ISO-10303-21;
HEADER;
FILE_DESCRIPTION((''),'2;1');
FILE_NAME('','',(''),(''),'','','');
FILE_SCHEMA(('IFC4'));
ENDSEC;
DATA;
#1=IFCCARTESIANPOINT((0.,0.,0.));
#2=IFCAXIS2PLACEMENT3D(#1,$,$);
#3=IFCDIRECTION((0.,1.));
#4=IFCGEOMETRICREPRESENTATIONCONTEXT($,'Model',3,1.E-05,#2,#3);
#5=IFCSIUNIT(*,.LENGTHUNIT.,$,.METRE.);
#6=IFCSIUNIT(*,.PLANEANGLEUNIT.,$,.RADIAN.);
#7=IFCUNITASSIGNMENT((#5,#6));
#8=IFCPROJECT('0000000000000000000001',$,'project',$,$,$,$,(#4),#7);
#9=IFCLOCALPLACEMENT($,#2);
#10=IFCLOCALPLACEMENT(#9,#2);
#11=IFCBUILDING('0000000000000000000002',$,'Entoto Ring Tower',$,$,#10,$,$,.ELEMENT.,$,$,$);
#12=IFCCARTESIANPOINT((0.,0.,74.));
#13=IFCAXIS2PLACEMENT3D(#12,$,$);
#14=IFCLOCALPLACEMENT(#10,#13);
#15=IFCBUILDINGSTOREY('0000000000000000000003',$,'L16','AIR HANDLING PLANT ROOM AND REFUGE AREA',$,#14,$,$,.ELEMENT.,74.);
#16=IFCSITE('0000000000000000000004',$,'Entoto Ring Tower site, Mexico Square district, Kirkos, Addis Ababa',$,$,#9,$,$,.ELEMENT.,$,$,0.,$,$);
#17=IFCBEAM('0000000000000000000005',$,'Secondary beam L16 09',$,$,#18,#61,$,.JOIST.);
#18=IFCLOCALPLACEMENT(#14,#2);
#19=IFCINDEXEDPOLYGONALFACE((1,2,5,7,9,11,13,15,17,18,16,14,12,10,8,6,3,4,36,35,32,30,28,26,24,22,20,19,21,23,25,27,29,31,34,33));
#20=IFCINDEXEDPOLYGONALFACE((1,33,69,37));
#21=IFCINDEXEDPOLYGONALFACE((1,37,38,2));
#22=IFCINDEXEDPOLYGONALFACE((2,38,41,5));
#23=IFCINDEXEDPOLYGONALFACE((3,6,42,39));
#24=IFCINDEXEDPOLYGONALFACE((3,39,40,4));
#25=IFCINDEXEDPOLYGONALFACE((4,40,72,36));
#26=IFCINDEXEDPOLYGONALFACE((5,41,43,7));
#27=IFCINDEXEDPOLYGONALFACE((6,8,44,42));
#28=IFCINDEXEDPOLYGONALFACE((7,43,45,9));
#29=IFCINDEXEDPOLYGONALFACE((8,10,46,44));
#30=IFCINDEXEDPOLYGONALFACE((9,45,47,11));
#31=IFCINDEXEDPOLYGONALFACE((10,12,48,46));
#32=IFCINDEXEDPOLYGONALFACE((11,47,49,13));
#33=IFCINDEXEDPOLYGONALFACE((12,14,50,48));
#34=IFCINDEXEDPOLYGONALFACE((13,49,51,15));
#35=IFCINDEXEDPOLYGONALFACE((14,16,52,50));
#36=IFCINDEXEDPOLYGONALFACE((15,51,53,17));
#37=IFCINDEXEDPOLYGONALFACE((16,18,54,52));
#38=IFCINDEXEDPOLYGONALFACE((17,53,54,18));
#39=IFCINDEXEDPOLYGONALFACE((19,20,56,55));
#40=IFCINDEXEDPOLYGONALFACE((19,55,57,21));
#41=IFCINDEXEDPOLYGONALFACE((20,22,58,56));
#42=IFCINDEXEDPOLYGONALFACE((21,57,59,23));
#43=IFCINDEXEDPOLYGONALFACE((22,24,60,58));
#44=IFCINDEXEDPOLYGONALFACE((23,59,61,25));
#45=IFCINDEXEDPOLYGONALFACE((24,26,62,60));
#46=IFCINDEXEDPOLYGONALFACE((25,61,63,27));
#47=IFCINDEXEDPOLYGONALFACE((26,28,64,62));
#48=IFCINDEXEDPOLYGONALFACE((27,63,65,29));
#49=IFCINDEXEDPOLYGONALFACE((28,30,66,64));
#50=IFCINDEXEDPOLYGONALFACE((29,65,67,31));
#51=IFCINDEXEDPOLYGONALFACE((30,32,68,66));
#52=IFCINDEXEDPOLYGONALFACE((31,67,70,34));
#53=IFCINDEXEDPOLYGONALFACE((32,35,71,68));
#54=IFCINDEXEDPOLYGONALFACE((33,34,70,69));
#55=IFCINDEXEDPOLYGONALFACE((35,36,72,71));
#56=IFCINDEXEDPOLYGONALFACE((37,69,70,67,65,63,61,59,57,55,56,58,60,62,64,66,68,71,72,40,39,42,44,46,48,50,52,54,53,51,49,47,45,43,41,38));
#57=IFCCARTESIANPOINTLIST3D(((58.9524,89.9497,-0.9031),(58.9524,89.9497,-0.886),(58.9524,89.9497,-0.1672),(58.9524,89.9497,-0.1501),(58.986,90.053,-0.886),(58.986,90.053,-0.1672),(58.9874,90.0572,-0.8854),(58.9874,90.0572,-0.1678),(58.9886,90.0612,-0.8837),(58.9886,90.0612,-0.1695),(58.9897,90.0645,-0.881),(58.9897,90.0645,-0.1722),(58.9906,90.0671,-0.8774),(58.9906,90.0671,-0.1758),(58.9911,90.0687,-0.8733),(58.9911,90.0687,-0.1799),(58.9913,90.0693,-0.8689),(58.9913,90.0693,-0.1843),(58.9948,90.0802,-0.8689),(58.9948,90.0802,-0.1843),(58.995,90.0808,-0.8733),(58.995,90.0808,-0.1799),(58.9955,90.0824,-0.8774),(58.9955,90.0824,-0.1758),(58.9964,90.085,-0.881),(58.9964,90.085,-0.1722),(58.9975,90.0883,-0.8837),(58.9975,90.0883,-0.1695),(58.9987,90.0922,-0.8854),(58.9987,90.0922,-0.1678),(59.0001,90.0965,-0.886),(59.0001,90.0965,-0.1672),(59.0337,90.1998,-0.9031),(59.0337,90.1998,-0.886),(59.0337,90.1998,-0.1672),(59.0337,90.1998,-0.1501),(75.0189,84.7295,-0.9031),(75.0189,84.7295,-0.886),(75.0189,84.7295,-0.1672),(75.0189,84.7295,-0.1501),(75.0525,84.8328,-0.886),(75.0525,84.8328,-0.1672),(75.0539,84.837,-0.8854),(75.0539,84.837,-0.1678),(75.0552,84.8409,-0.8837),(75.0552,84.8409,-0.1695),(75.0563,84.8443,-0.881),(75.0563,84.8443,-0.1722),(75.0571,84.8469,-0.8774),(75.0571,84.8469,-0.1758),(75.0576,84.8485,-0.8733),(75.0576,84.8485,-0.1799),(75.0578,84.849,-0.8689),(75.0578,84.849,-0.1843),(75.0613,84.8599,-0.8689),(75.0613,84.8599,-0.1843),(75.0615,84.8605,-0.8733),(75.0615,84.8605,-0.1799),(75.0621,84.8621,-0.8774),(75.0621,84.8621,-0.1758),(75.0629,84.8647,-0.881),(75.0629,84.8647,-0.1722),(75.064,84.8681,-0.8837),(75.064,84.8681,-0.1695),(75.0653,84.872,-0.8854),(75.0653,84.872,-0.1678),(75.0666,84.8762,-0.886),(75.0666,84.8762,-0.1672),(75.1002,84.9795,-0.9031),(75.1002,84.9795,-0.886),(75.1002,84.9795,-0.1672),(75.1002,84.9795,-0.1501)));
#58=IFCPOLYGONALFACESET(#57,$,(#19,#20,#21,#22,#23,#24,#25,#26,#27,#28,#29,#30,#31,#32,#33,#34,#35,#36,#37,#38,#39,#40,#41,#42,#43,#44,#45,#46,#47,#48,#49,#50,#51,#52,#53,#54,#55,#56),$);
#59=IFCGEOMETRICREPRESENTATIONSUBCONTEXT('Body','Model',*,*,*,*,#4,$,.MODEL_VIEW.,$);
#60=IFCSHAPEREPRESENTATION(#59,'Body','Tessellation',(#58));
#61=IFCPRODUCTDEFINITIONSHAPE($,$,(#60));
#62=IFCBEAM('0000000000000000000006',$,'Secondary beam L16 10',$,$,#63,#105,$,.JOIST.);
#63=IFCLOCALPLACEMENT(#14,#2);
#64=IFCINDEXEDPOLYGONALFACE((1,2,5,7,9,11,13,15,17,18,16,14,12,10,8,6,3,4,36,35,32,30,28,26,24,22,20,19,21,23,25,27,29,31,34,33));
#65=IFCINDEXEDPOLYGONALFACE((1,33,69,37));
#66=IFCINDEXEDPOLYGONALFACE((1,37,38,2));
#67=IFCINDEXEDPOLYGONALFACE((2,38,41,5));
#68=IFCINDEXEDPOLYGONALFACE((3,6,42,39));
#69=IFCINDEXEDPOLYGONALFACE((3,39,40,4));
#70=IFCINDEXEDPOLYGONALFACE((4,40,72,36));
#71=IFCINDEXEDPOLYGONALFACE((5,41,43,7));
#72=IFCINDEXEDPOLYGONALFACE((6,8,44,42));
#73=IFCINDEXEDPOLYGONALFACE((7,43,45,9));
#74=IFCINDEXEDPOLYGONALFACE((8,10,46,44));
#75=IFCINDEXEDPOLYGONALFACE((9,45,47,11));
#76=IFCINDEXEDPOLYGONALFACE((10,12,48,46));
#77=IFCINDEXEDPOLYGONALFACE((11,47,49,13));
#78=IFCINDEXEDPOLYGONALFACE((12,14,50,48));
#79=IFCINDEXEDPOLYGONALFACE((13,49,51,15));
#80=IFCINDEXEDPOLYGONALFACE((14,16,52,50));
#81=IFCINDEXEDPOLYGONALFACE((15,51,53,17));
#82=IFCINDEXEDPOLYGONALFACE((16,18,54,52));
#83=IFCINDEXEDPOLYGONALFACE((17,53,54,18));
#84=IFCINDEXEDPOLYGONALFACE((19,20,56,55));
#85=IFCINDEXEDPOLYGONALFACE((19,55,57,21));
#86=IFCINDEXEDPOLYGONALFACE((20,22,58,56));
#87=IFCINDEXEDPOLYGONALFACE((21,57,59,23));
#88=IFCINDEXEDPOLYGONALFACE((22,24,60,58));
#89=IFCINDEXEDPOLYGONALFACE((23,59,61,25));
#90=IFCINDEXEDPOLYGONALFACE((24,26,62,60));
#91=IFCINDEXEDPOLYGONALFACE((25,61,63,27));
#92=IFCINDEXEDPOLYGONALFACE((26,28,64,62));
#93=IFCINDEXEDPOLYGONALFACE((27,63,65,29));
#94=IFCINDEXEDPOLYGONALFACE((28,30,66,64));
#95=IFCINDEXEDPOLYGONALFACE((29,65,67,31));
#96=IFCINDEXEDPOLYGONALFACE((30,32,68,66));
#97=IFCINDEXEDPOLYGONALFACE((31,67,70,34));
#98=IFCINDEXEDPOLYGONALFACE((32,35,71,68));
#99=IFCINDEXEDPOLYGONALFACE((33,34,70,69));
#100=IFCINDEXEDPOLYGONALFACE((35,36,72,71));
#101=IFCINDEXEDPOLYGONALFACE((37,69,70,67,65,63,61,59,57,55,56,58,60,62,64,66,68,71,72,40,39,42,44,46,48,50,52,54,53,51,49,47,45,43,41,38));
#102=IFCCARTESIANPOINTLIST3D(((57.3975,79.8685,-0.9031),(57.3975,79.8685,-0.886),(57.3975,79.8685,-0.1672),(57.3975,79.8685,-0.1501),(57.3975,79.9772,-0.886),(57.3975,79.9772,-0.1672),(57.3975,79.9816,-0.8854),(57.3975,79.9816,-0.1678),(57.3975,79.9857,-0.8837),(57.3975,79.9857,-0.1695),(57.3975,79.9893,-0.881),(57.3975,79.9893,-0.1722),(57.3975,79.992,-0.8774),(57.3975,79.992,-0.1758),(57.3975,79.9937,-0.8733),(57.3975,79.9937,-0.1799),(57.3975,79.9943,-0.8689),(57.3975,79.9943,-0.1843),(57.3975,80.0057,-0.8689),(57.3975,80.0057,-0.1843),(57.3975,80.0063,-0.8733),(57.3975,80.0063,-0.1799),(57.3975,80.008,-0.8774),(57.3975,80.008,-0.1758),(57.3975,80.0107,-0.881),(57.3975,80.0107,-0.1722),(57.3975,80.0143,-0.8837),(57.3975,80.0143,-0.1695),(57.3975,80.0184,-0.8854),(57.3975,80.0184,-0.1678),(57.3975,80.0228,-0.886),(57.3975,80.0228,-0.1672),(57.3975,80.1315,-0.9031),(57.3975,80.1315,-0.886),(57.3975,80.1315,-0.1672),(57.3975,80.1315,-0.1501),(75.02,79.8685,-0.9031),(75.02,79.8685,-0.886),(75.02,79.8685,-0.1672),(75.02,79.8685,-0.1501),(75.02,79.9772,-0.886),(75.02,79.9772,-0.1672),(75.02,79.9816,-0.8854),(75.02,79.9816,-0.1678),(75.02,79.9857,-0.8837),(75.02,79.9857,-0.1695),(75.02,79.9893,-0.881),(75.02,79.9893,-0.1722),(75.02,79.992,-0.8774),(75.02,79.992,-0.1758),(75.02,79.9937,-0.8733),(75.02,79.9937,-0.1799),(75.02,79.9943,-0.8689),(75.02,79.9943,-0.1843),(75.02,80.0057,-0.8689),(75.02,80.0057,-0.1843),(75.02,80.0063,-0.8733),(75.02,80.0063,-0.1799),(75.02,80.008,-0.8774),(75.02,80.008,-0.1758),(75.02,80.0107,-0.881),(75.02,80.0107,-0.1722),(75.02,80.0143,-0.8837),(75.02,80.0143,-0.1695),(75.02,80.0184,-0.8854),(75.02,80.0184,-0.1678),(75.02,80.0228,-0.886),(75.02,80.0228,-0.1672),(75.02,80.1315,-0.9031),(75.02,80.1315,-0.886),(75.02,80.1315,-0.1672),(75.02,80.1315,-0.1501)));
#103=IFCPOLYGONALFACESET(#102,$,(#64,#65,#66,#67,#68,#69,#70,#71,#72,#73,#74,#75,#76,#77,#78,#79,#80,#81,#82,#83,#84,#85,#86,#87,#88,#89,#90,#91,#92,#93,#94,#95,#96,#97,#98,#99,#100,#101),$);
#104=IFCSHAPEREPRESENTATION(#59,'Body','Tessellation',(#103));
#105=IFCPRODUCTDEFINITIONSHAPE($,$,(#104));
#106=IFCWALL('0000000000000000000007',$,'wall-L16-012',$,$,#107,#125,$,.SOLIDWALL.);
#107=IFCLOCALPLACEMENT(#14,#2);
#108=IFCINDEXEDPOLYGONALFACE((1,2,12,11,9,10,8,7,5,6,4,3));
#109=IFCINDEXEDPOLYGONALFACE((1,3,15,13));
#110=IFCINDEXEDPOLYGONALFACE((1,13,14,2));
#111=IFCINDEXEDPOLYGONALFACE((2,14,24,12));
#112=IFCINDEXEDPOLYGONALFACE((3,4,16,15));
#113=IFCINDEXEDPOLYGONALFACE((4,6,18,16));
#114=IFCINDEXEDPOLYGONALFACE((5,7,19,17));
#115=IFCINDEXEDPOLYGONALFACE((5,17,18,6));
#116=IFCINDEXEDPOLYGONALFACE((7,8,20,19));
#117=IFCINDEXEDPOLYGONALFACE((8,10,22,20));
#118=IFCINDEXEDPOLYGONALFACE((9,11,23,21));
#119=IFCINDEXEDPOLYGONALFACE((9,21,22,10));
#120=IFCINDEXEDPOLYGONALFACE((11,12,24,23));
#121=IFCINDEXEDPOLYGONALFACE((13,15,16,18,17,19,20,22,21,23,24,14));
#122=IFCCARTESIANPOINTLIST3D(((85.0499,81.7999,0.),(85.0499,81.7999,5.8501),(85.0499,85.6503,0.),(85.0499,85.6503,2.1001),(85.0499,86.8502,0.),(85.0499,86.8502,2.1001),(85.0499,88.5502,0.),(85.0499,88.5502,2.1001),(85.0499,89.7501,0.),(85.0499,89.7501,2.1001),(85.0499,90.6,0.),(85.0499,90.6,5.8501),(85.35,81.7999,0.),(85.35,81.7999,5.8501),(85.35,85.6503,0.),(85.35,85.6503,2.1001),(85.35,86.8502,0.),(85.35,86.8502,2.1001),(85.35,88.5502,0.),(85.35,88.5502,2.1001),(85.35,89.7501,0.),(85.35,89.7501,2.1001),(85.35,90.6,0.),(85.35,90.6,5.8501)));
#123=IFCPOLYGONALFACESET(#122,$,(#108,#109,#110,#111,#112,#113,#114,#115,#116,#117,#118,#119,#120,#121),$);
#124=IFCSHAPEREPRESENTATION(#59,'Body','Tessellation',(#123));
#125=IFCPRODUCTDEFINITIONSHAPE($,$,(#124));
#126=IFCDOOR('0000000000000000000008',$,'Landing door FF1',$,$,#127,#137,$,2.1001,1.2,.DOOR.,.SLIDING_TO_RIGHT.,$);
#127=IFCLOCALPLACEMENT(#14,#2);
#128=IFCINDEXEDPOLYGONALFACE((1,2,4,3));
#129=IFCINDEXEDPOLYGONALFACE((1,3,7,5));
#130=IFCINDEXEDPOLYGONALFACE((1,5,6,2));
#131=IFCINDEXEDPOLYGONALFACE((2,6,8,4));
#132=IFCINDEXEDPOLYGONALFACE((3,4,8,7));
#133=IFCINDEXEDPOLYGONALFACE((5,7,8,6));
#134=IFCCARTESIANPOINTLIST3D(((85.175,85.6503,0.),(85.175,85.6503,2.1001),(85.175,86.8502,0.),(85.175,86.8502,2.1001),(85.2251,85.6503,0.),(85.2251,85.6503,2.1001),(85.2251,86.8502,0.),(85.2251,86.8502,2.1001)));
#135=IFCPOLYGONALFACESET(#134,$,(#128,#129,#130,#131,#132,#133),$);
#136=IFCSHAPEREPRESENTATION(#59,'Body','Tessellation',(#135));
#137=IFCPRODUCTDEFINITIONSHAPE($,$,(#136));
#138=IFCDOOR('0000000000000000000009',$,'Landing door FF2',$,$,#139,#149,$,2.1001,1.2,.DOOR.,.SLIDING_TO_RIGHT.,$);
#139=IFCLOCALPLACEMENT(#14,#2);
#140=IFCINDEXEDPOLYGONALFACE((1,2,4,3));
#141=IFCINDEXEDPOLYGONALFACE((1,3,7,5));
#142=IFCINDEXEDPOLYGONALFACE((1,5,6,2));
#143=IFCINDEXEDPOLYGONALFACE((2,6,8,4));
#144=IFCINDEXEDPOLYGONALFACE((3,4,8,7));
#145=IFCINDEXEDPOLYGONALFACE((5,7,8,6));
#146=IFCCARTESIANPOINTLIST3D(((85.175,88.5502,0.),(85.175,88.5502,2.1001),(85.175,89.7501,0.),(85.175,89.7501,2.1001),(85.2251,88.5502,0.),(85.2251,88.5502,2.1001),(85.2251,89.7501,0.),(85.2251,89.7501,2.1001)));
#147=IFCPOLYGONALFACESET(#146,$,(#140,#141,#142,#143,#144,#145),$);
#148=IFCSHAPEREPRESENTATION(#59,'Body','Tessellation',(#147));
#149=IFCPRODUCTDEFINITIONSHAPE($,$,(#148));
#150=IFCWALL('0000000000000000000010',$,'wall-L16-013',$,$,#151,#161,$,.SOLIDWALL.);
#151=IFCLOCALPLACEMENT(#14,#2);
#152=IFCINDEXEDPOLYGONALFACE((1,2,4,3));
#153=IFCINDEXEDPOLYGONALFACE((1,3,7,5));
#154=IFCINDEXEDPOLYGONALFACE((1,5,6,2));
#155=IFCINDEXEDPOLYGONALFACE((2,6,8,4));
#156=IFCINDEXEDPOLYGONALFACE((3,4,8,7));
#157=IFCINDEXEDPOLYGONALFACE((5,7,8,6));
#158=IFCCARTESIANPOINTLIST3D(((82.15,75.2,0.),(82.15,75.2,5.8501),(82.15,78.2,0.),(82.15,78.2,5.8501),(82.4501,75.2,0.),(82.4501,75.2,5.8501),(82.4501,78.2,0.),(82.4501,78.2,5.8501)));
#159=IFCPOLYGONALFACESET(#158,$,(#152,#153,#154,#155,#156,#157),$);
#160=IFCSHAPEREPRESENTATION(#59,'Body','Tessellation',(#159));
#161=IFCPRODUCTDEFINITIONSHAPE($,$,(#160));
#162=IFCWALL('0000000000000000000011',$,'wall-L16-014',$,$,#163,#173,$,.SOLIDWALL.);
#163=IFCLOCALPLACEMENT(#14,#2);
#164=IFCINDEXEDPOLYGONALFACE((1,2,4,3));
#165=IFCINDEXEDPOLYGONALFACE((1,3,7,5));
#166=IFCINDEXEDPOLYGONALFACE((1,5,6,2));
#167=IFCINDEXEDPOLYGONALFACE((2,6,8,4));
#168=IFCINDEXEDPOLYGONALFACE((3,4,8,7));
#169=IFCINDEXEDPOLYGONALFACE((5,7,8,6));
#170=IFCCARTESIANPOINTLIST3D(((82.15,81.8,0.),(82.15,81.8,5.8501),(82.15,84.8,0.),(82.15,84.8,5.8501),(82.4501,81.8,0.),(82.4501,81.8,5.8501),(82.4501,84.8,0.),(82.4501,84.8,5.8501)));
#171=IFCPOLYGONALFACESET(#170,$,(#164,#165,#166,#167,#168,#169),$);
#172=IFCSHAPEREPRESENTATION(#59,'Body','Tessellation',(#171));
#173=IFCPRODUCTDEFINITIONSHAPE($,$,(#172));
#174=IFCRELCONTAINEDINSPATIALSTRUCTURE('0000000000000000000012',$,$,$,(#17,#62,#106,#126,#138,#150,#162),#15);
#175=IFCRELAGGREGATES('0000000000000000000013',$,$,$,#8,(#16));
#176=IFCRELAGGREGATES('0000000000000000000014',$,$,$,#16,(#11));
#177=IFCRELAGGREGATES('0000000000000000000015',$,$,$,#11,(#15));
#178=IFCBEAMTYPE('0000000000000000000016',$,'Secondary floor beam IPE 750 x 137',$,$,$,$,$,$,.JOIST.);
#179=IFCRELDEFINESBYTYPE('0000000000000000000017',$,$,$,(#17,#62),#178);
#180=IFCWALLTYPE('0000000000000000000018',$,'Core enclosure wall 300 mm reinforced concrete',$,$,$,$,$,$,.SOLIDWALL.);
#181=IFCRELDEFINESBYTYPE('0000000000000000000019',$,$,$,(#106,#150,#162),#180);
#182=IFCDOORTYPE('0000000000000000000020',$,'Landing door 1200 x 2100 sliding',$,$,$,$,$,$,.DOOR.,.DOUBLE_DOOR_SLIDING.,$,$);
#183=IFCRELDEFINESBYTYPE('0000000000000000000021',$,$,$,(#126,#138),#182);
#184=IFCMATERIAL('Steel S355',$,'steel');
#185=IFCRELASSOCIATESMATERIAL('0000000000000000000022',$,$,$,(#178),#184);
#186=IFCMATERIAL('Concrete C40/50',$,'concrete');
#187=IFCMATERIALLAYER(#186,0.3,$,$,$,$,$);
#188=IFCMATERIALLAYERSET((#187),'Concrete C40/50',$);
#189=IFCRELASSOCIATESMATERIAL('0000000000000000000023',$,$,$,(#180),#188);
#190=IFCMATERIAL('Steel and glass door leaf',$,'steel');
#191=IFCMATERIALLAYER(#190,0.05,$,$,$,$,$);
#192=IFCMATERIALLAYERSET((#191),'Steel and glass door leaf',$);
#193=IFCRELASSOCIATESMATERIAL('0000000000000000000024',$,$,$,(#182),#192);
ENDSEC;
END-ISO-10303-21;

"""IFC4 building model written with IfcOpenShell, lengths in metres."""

from ifc_helpers import new_model, si_unit, direction, frame, frame_2d, origin, origin_2d, place, context, subcontext, project, spatial, rectangle, i_section, extrude, material, layer, layer_set, material_profile, profile_set, type_object, element, fill, save


model = new_model("IFC4")

# Units and contexts
model_context = context("Model", 3, precision=1e-05, world=origin(), true_north=direction((0.0, 1.0)))
body_context = subcontext(model_context, "Body", "Model", "MODEL_VIEW")
ifc_project = project(units=[si_unit("LENGTHUNIT", "METRE"), si_unit("PLANEANGLEUNIT", "RADIAN")], contexts=[model_context])

# Site, building, storey
site_placement = place(None, origin())
site = spatial("IfcSite", under=ifc_project, at=site_placement, Name="Entoto Ring Tower site, Mexico Square district, Kirkos, Addis Ababa", CompositionType="ELEMENT", RefElevation=0.0)
building_placement = place(site_placement, origin())
building = spatial("IfcBuilding", under=site, at=building_placement, Name="Entoto Ring Tower", CompositionType="ELEMENT")
storey_placement = place(building_placement, frame((0.0, 0.0, 74.0)))
storey = spatial("IfcBuildingStorey", under=building, at=storey_placement, Name="L16", Description="AIR HANDLING PLANT ROOM AND REFUGE AREA", CompositionType="ELEMENT", Elevation=74.0)

# Beams
ifc_material_1 = material(Name="Steel S355", Category="steel")
ifc_material_profile_1 = material_profile(ifc_material_1, i_section(OverallWidth=0.2629, OverallDepth=0.7529, WebThickness=0.0115, FlangeThickness=0.0171, FilletRadius=0.0171, at=origin_2d()), Name="IPE 750 x 137")
ifc_profile_set_1 = profile_set([ifc_material_profile_1], Name="Steel S355")
beam_type_1 = type_object("IfcBeamType", Name="Secondary floor beam IPE 750 x 137", PredefinedType="JOIST", material=ifc_profile_set_1)
beam_1_placement = place(storey_placement, frame((75.0596, 84.8545, -0.5266), z_axis=(-0.951058, 0.309013, 0.0), x_axis=(-0.309013, -0.951058, 0.0)))
element("IfcBeam", 1, at=beam_1_placement, inside=storey, type_object=beam_type_1, Name="Secondary beam L16 09", PredefinedType="JOIST", context=body_context, shape_type="SweptSolid", body=[
    extrude(i_section(OverallWidth=0.2629, OverallDepth=0.7529, WebThickness=0.0115, FlangeThickness=0.0171, FilletRadius=0.0171, at=origin_2d()), origin(), (0.0, 0.0, 1.0), 16.8933),
])
beam_2_placement = place(storey_placement, frame((75.02, 80.0, -0.5266), z_axis=(-1.0, 0.0, 0.0), x_axis=(0.0, -1.0, 0.0)))
element("IfcBeam", 2, at=beam_2_placement, inside=storey, type_object=beam_type_1, Name="Secondary beam L16 10", PredefinedType="JOIST", context=body_context, shape_type="SweptSolid", body=[
    extrude(i_section(OverallWidth=0.2629, OverallDepth=0.7529, WebThickness=0.0115, FlangeThickness=0.0171, FilletRadius=0.0171, at=origin_2d()), origin(), (0.0, 0.0, 1.0), 17.6226),
])

# Wall, openings, doors
ifc_material_2 = material(Name="Concrete C40/50", Category="concrete")
ifc_layer_1 = layer(ifc_material_2, 0.3)
ifc_layer_set_1 = layer_set([ifc_layer_1], Name="Concrete C40/50")
wall_type_1 = type_object("IfcWallType", Name="Core enclosure wall 300 mm reinforced concrete", PredefinedType="SOLIDWALL", material=ifc_layer_set_1)
wall_1_placement = place(storey_placement, frame((85.2, 81.8, 0.0), z_axis=(0.0, 0.0, 1.0), x_axis=(0.0, 1.0, 0.0)))
wall_1 = element("IfcWall", 3, at=wall_1_placement, inside=storey, type_object=wall_type_1, Name="wall-L16-012", PredefinedType="SOLIDWALL", context=body_context, shape_type="SweptSolid", body=[
    extrude(rectangle(XDim=8.8, YDim=0.3, at=frame_2d((4.3999, 0.0))), origin(), (0.0, 0.0, 1.0), 5.8501),
])
opening_1_placement = place(wall_1_placement, frame((3.8501, 0.0, 0.0)))
opening_1 = element("IfcOpeningElement", 4, at=opening_1_placement, cuts=wall_1, PredefinedType="OPENING", context=body_context, shape_type="SweptSolid", body=[
    extrude(rectangle(XDim=1.2, YDim=2.1001, at=frame_2d((0.6001, 1.05))), frame((0.0, 0.1602, 0.0), z_axis=(0.0, -1.0, 0.0), x_axis=(1.0, 0.0, 0.0)), (0.0, 0.0, 1.0), 0.3201),
])
opening_2_placement = place(wall_1_placement, frame((6.75, 0.0, 0.0)))
opening_2 = element("IfcOpeningElement", 5, at=opening_2_placement, cuts=wall_1, PredefinedType="OPENING", context=body_context, shape_type="SweptSolid", body=[
    extrude(rectangle(XDim=1.2, YDim=2.1001, at=frame_2d((0.6001, 1.05))), frame((0.0, 0.1602, 0.0), z_axis=(0.0, -1.0, 0.0), x_axis=(1.0, 0.0, 0.0)), (0.0, 0.0, 1.0), 0.3201),
])
ifc_material_3 = material(Name="Steel and glass door leaf", Category="steel")
ifc_layer_2 = layer(ifc_material_3, 0.05)
ifc_layer_set_2 = layer_set([ifc_layer_2], Name="Steel and glass door leaf")
door_type_1 = type_object("IfcDoorType", Name="Landing door 1200 x 2100 sliding", OperationType="DOUBLE_DOOR_SLIDING", PredefinedType="DOOR", material=ifc_layer_set_2)
door_1_placement = place(opening_1_placement, origin())
door_1 = element("IfcDoor", 6, at=door_1_placement, inside=storey, type_object=door_type_1, Name="Landing door FF1", OperationType="SLIDING_TO_RIGHT", OverallHeight=2.1001, OverallWidth=1.2, PredefinedType="DOOR", context=body_context, shape_type="SweptSolid", body=[
    extrude(rectangle(XDim=1.2, YDim=2.1001, at=frame_2d((0.6001, 1.05))), frame((0.0, 0.0249, 0.0), z_axis=(0.0, -1.0, 0.0), x_axis=(1.0, 0.0, 0.0)), (0.0, 0.0, 1.0), 0.05),
])
fill(opening_1, door_1)
door_2_placement = place(opening_2_placement, origin())
door_2 = element("IfcDoor", 7, at=door_2_placement, inside=storey, type_object=door_type_1, Name="Landing door FF2", OperationType="SLIDING_TO_RIGHT", OverallHeight=2.1001, OverallWidth=1.2, PredefinedType="DOOR", context=body_context, shape_type="SweptSolid", body=[
    extrude(rectangle(XDim=1.2, YDim=2.1001, at=frame_2d((0.6001, 1.05))), frame((0.0, 0.0249, 0.0), z_axis=(0.0, -1.0, 0.0), x_axis=(1.0, 0.0, 0.0)), (0.0, 0.0, 1.0), 0.05),
])
fill(opening_2, door_2)

# Walls
for number, where, z_axis, x_axis, name in (
    (8, (82.3, 75.2, 0.0), (0.0, 0.0, 1.0), (0.0, 1.0, 0.0), "wall-L16-013"),
    (9, (82.3, 81.8, 0.0), (0.0, 0.0, 1.0), (0.0, 1.0, 0.0), "wall-L16-014"),
):
    element("IfcWall", number, at=place(storey_placement, frame(where, z_axis=z_axis, x_axis=x_axis)), inside=storey, type_object=wall_type_1, Name=name, PredefinedType="SOLIDWALL", context=body_context, shape_type="SweptSolid", body=[
        extrude(rectangle(XDim=3.0, YDim=0.3, at=frame_2d((1.5, 0.0))), origin(), (0.0, 0.0, 1.0), 5.8501),
    ])

save(model, "model.ifc")
